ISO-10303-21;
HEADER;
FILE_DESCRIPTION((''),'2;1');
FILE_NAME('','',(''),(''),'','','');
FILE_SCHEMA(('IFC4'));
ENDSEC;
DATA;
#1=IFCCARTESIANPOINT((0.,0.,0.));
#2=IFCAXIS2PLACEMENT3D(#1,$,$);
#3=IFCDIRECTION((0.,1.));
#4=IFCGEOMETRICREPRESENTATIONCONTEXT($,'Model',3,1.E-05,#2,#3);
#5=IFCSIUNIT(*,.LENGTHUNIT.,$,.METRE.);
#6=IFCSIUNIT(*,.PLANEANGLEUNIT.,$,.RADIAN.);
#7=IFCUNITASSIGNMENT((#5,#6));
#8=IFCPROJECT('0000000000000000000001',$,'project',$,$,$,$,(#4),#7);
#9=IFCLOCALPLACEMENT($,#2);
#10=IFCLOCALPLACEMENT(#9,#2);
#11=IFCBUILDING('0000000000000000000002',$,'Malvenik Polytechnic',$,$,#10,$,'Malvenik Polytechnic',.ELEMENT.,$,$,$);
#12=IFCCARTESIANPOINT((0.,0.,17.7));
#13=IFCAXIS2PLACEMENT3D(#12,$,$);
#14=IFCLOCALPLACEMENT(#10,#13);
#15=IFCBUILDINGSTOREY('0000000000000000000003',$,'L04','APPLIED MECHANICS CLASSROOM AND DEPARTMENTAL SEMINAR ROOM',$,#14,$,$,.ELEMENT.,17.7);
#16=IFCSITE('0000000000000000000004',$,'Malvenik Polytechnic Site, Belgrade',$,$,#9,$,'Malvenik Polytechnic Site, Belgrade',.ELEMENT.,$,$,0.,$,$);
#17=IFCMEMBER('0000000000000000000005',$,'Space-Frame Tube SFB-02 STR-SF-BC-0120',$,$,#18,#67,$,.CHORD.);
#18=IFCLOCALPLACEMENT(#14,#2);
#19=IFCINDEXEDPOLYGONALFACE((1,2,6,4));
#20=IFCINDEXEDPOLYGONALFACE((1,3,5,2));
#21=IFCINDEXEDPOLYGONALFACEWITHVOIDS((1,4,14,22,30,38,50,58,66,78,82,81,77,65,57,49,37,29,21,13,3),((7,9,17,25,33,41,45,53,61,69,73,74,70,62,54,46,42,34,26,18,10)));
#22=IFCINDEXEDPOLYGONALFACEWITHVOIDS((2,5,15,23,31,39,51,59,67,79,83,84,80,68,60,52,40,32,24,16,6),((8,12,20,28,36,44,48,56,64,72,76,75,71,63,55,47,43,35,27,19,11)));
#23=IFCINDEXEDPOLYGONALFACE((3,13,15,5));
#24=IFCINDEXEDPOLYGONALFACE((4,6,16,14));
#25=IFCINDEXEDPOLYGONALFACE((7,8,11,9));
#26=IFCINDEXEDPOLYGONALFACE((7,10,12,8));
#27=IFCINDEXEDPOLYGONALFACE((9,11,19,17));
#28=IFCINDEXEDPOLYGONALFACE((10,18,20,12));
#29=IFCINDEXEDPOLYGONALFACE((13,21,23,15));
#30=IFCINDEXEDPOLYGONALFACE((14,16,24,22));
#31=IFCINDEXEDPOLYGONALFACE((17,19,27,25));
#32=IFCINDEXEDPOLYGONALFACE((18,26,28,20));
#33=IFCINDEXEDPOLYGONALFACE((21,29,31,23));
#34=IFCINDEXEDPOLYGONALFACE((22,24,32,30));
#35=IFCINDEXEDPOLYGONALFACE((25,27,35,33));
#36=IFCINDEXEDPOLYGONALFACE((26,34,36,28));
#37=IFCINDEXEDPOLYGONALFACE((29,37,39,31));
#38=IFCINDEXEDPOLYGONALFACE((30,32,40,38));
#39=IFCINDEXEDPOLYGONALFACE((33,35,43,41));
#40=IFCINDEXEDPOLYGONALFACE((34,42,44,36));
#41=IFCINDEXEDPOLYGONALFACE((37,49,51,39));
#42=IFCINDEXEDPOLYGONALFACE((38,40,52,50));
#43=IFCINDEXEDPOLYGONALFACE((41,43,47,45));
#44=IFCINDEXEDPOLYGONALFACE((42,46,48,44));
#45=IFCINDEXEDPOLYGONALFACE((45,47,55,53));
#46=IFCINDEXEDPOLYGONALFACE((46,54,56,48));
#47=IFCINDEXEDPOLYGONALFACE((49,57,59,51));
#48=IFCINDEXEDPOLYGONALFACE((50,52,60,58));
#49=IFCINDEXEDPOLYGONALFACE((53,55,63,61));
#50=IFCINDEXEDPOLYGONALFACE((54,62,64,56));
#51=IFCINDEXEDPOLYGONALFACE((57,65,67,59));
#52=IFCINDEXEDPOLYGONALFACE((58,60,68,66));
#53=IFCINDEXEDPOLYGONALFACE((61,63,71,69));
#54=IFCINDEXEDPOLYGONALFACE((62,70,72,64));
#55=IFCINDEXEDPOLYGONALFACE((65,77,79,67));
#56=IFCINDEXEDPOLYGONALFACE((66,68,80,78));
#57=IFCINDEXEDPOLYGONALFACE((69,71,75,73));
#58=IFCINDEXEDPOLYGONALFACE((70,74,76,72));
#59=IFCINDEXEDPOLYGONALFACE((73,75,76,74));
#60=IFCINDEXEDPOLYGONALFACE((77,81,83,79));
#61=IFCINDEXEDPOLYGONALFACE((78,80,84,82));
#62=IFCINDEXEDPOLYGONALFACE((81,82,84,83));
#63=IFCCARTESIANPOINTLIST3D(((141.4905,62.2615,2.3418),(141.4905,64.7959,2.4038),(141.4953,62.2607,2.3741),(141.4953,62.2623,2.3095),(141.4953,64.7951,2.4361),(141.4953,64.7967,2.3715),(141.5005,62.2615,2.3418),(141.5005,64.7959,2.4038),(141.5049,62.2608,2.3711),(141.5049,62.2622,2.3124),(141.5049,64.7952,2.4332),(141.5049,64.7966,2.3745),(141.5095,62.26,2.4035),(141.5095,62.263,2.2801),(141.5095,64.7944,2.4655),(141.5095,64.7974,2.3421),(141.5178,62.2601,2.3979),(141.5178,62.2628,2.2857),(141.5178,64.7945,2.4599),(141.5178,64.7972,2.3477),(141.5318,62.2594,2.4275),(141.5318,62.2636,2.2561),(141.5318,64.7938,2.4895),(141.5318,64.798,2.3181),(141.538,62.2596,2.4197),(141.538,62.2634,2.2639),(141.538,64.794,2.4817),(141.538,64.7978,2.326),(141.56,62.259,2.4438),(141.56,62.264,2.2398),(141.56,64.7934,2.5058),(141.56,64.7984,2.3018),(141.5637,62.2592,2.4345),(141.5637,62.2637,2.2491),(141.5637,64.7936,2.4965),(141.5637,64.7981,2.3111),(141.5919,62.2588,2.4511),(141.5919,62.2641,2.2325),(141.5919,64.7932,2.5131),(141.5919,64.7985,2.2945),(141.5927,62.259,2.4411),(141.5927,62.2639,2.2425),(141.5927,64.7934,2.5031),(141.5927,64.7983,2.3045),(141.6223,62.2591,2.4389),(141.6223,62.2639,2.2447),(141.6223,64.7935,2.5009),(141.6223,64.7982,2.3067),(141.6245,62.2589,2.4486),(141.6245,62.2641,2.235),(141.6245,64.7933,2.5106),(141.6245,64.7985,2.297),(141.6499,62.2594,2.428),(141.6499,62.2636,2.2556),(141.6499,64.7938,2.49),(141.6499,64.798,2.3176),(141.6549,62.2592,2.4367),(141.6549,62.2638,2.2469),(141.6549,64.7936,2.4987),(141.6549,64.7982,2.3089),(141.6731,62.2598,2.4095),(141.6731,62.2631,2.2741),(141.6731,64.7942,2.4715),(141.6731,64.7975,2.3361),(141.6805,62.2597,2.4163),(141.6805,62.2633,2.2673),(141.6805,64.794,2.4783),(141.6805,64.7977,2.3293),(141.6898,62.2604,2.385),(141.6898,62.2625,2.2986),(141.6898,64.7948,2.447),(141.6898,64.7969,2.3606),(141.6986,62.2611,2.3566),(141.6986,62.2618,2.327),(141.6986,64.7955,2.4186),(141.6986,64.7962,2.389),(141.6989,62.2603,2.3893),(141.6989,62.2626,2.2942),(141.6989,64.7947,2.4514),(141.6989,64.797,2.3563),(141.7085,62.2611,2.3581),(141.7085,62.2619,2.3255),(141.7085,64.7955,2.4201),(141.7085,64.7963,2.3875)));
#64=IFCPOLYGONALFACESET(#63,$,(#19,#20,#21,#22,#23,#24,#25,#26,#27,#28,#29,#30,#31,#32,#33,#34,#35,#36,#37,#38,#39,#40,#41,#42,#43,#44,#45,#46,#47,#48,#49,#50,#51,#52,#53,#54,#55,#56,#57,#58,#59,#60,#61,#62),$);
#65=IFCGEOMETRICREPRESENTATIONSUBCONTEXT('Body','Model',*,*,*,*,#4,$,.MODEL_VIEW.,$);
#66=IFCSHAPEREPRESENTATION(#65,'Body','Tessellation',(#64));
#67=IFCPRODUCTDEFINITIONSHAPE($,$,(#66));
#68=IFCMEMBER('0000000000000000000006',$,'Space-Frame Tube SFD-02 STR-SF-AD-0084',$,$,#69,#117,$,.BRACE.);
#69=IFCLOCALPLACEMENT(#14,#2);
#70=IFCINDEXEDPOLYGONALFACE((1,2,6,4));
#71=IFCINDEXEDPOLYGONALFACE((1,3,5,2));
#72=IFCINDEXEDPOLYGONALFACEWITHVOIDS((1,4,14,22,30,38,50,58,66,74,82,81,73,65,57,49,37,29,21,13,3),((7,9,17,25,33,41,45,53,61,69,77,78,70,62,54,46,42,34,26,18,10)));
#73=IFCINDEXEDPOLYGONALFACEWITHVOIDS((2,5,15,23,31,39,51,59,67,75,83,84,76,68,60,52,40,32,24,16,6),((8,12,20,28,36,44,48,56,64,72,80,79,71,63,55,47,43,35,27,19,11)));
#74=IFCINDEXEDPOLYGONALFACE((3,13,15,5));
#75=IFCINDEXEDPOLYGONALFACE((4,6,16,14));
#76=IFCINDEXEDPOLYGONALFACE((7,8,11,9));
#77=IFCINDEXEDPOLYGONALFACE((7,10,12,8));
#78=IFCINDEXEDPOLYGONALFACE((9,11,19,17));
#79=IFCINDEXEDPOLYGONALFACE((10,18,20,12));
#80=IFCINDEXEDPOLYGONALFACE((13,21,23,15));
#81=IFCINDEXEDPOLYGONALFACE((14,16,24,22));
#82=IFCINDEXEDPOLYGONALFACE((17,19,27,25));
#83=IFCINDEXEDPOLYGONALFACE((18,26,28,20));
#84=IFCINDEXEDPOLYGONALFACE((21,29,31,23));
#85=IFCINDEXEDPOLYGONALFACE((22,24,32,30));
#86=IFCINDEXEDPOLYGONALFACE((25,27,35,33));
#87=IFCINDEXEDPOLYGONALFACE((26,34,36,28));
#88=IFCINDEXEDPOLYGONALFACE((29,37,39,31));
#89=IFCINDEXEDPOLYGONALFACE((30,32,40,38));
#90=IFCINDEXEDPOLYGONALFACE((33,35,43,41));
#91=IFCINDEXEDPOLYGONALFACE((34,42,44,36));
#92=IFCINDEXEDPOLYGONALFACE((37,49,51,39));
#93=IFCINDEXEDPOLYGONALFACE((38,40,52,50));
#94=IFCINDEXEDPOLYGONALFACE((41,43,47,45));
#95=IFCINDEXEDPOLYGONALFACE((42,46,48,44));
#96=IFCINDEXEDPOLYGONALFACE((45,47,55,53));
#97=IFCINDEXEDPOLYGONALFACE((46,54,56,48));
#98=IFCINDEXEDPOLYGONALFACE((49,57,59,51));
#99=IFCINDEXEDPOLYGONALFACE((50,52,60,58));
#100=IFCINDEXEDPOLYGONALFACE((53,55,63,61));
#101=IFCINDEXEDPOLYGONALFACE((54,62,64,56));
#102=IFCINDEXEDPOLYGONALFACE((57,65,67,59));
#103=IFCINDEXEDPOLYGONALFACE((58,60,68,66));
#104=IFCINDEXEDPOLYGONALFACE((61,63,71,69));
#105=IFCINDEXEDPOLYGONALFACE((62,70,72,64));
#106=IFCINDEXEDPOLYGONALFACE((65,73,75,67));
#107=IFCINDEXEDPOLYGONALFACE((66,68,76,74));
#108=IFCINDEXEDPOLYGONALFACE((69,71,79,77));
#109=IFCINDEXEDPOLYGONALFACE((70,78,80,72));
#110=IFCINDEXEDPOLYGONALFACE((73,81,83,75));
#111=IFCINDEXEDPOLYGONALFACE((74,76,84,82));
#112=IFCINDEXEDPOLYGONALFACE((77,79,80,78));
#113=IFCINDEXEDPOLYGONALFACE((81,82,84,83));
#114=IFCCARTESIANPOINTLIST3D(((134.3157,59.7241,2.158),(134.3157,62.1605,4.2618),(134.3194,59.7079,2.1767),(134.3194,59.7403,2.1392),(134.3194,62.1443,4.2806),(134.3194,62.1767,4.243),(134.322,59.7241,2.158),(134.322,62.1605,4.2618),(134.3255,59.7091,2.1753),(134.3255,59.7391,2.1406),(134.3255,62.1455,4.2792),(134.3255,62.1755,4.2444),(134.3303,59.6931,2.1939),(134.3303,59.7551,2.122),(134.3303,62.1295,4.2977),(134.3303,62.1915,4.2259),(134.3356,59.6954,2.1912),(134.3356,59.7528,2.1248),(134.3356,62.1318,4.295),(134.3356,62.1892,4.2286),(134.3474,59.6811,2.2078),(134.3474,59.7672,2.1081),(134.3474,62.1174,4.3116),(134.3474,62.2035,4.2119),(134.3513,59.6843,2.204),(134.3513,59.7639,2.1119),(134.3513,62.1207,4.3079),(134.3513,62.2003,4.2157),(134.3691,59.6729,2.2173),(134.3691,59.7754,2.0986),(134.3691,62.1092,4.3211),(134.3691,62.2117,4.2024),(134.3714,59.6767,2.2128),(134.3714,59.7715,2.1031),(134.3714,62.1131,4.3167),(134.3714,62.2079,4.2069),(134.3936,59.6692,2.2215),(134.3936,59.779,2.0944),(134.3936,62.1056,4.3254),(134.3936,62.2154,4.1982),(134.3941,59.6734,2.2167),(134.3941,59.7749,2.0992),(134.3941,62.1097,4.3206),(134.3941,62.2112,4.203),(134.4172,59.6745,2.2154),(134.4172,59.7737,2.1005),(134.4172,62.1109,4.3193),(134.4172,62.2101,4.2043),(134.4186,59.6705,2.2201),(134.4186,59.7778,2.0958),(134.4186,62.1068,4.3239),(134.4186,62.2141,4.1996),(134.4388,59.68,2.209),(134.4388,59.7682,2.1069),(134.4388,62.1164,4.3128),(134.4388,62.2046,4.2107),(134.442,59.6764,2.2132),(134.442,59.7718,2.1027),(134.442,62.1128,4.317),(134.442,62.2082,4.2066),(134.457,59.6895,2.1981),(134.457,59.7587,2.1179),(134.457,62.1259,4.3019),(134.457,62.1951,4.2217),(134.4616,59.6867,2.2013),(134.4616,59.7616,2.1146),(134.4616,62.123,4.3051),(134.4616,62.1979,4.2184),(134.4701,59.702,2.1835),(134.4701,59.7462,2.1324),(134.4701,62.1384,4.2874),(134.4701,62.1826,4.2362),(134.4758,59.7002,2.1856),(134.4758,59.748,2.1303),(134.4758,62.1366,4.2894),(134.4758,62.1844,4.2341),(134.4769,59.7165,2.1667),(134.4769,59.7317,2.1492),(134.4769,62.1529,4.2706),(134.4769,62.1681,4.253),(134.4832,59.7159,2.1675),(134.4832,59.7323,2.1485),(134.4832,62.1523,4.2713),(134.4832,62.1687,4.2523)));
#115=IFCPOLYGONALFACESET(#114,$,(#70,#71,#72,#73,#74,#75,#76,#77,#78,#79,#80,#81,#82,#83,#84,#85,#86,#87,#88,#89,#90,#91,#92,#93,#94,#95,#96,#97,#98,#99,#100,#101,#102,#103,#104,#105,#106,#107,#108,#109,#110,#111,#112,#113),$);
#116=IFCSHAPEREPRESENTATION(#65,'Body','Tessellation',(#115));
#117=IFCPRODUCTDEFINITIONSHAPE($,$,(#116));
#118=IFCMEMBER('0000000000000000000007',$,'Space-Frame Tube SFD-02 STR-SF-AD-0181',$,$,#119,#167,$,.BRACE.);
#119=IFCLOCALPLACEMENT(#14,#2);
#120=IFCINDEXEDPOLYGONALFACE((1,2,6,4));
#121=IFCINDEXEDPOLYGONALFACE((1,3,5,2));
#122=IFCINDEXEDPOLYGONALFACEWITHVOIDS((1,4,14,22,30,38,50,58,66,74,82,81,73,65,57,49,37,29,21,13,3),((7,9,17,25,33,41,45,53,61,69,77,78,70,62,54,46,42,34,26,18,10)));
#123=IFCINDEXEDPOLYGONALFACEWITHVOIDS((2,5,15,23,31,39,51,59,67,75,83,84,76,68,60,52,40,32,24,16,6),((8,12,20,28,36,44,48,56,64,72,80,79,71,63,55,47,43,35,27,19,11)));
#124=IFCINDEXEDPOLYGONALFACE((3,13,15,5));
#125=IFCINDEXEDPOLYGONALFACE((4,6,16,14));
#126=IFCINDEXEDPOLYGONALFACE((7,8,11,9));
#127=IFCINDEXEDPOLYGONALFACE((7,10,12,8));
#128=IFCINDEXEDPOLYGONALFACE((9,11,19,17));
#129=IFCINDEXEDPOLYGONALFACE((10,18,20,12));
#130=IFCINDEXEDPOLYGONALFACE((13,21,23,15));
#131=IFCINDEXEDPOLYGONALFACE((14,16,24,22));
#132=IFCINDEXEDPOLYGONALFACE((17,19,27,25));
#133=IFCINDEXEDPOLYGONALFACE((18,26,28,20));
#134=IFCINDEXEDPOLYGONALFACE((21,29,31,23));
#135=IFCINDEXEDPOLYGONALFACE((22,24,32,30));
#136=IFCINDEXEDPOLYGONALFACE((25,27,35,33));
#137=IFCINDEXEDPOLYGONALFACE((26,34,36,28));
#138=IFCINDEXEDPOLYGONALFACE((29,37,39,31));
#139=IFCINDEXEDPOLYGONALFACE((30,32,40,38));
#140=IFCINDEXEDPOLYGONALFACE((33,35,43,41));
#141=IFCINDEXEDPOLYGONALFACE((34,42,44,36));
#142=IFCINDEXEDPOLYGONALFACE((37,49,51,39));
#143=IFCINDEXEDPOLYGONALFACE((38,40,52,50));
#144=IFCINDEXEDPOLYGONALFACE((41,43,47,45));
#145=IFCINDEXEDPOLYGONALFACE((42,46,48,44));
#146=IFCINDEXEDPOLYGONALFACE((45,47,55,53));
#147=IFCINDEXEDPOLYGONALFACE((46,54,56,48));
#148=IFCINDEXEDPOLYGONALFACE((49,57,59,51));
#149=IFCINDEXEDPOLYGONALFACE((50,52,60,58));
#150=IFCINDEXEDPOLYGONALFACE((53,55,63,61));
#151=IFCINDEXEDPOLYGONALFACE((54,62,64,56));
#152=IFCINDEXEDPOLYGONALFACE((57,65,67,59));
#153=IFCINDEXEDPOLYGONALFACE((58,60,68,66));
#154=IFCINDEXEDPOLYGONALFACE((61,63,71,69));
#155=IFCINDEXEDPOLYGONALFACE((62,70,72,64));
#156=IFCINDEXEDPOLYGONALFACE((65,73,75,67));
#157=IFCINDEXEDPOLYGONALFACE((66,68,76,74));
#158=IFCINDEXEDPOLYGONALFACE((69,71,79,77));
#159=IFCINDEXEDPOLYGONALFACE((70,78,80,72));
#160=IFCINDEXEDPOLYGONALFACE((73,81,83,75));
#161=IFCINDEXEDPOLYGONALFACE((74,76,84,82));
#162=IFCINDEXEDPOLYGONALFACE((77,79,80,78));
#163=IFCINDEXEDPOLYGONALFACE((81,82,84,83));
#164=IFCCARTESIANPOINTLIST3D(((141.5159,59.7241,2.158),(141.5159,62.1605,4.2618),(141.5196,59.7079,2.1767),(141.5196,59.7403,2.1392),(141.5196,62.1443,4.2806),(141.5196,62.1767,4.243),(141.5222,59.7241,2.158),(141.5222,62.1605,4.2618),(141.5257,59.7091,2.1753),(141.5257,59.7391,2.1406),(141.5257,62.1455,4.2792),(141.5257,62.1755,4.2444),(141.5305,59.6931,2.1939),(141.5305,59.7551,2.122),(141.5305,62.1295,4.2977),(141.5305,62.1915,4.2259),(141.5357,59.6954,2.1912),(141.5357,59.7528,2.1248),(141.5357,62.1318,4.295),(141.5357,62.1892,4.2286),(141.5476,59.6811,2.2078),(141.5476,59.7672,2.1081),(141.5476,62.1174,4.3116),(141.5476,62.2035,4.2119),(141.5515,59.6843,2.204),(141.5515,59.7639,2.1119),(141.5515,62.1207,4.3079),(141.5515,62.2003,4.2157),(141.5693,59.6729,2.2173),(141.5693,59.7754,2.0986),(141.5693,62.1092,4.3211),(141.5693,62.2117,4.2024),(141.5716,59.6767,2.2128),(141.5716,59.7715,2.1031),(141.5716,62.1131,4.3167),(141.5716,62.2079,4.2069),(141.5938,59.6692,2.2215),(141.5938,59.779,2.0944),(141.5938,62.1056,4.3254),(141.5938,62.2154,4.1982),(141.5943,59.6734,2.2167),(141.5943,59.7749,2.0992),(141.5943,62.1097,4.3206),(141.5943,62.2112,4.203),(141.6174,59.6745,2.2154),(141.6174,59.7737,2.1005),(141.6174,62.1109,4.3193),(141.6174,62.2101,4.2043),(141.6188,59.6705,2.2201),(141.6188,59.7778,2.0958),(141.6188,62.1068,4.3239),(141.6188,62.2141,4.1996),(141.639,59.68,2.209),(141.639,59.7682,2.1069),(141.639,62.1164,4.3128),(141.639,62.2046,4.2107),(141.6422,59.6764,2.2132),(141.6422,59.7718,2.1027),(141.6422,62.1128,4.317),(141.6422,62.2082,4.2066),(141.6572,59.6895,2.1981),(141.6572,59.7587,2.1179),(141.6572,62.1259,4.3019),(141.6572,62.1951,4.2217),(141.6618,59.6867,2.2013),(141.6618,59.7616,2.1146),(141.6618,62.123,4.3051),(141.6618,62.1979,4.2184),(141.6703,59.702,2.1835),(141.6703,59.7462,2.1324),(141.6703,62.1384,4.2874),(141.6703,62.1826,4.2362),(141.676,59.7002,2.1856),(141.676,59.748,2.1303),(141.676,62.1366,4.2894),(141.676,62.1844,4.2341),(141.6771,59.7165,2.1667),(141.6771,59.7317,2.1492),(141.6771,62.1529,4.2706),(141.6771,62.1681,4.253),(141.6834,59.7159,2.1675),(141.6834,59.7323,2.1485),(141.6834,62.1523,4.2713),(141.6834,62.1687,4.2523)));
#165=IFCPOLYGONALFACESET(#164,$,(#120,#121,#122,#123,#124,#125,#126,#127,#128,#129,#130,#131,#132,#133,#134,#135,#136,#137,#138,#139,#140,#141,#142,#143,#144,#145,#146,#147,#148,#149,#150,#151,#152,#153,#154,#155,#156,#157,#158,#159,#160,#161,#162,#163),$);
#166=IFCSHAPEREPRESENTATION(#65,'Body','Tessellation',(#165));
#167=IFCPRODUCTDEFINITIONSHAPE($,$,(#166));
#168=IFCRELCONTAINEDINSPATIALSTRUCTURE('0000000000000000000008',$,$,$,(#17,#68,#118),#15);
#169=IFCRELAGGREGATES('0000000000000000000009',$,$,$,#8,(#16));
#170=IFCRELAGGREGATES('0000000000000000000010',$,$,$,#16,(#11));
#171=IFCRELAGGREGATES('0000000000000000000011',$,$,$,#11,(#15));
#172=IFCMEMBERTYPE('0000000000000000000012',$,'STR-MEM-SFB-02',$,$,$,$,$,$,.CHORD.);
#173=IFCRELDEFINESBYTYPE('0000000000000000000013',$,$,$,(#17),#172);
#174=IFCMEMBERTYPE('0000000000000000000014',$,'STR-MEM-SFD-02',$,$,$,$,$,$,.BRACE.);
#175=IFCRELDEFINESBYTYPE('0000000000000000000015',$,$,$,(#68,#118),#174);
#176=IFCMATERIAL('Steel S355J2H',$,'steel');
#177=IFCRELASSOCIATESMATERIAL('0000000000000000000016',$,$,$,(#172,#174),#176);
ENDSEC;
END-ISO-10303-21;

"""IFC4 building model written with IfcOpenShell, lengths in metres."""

from ifc_helpers import new_model, si_unit, direction, frame, origin, origin_2d, place, context, subcontext, project, spatial, hollow_circle, extrude, material, material_profile, profile_set, type_object, element, save


model = new_model("IFC4")

# Units and contexts
model_context = context("Model", 3, precision=1e-05, world=origin(), true_north=direction((0.0, 1.0)))
body_context = subcontext(model_context, "Body", "Model", "MODEL_VIEW")
ifc_project = project(units=[si_unit("LENGTHUNIT", "METRE"), si_unit("PLANEANGLEUNIT", "RADIAN")], contexts=[model_context])

# Site, building, storey
site_placement = place(None, origin())
site = spatial("IfcSite", under=ifc_project, at=site_placement, Name="Malvenik Polytechnic Site, Belgrade", LongName="Malvenik Polytechnic Site, Belgrade", CompositionType="ELEMENT", RefElevation=0.0)
building_placement = place(site_placement, origin())
building = spatial("IfcBuilding", under=site, at=building_placement, Name="Malvenik Polytechnic", LongName="Malvenik Polytechnic", CompositionType="ELEMENT")
storey_placement = place(building_placement, frame((0.0, 0.0, 17.7)))
storey = spatial("IfcBuildingStorey", under=building, at=storey_placement, Name="L04", Description="APPLIED MECHANICS CLASSROOM AND DEPARTMENTAL SEMINAR ROOM", CompositionType="ELEMENT", Elevation=17.7)

# Members
ifc_material = material(Name="Steel S355J2H", Category="steel")
ifc_material_profile_1 = material_profile(ifc_material, hollow_circle(Radius=0.1096, WallThickness=0.01, at=origin_2d()), Name="CHS 219.1x10.0")
ifc_profile_set_1 = profile_set([ifc_material_profile_1], Name="Steel S355J2H")
member_type_1 = type_object("IfcMemberType", Name="STR-MEM-SFB-02", PredefinedType="CHORD", material=ifc_profile_set_1)
for number, where, z_axis, x_axis, name in (
    (1, (141.6001, 62.2615, 2.3418), (0.0, 0.999701, 0.02446), (-1.0, 0.0, 0.0), "Space-Frame Tube SFB-02 STR-SF-BC-0120"),
):
    element("IfcMember", number, at=place(storey_placement, frame(where, z_axis=z_axis, x_axis=x_axis)), inside=storey, type_object=member_type_1, Name=name, PredefinedType="CHORD", context=body_context, shape_type="SweptSolid", body=[
        extrude(hollow_circle(Radius=0.1096, WallThickness=0.01, at=origin_2d()), origin(), (0.0, 0.0, 1.0), 2.5352),
    ])
ifc_material_profile_2 = material_profile(ifc_material, hollow_circle(Radius=0.0842, WallThickness=0.0063, at=origin_2d()), Name="CHS 168.3x6.3")
ifc_profile_set_2 = profile_set([ifc_material_profile_2], Name="Steel S355J2H")
member_type_2 = type_object("IfcMemberType", Name="STR-MEM-SFD-02", PredefinedType="BRACE", material=ifc_profile_set_2)
for number, where, z_axis, x_axis, name in (
    (2, (134.3999, 59.7241, 2.158), (0.0, 0.756869, 0.653567), (-1.0, 0.0, 0.0), "Space-Frame Tube SFD-02 STR-SF-AD-0084"),
    (3, (141.6001, 59.7241, 2.158), (0.0, 0.756869, 0.653567), (-1.0, 0.0, 0.0), "Space-Frame Tube SFD-02 STR-SF-AD-0181"),
):
    element("IfcMember", number, at=place(storey_placement, frame(where, z_axis=z_axis, x_axis=x_axis)), inside=storey, type_object=member_type_2, Name=name, PredefinedType="BRACE", context=body_context, shape_type="SweptSolid", body=[
        extrude(hollow_circle(Radius=0.0842, WallThickness=0.0063, at=origin_2d()), origin(), (0.0, 0.0, 1.0), 3.219),
    ])

save(model, "model.ifc")
